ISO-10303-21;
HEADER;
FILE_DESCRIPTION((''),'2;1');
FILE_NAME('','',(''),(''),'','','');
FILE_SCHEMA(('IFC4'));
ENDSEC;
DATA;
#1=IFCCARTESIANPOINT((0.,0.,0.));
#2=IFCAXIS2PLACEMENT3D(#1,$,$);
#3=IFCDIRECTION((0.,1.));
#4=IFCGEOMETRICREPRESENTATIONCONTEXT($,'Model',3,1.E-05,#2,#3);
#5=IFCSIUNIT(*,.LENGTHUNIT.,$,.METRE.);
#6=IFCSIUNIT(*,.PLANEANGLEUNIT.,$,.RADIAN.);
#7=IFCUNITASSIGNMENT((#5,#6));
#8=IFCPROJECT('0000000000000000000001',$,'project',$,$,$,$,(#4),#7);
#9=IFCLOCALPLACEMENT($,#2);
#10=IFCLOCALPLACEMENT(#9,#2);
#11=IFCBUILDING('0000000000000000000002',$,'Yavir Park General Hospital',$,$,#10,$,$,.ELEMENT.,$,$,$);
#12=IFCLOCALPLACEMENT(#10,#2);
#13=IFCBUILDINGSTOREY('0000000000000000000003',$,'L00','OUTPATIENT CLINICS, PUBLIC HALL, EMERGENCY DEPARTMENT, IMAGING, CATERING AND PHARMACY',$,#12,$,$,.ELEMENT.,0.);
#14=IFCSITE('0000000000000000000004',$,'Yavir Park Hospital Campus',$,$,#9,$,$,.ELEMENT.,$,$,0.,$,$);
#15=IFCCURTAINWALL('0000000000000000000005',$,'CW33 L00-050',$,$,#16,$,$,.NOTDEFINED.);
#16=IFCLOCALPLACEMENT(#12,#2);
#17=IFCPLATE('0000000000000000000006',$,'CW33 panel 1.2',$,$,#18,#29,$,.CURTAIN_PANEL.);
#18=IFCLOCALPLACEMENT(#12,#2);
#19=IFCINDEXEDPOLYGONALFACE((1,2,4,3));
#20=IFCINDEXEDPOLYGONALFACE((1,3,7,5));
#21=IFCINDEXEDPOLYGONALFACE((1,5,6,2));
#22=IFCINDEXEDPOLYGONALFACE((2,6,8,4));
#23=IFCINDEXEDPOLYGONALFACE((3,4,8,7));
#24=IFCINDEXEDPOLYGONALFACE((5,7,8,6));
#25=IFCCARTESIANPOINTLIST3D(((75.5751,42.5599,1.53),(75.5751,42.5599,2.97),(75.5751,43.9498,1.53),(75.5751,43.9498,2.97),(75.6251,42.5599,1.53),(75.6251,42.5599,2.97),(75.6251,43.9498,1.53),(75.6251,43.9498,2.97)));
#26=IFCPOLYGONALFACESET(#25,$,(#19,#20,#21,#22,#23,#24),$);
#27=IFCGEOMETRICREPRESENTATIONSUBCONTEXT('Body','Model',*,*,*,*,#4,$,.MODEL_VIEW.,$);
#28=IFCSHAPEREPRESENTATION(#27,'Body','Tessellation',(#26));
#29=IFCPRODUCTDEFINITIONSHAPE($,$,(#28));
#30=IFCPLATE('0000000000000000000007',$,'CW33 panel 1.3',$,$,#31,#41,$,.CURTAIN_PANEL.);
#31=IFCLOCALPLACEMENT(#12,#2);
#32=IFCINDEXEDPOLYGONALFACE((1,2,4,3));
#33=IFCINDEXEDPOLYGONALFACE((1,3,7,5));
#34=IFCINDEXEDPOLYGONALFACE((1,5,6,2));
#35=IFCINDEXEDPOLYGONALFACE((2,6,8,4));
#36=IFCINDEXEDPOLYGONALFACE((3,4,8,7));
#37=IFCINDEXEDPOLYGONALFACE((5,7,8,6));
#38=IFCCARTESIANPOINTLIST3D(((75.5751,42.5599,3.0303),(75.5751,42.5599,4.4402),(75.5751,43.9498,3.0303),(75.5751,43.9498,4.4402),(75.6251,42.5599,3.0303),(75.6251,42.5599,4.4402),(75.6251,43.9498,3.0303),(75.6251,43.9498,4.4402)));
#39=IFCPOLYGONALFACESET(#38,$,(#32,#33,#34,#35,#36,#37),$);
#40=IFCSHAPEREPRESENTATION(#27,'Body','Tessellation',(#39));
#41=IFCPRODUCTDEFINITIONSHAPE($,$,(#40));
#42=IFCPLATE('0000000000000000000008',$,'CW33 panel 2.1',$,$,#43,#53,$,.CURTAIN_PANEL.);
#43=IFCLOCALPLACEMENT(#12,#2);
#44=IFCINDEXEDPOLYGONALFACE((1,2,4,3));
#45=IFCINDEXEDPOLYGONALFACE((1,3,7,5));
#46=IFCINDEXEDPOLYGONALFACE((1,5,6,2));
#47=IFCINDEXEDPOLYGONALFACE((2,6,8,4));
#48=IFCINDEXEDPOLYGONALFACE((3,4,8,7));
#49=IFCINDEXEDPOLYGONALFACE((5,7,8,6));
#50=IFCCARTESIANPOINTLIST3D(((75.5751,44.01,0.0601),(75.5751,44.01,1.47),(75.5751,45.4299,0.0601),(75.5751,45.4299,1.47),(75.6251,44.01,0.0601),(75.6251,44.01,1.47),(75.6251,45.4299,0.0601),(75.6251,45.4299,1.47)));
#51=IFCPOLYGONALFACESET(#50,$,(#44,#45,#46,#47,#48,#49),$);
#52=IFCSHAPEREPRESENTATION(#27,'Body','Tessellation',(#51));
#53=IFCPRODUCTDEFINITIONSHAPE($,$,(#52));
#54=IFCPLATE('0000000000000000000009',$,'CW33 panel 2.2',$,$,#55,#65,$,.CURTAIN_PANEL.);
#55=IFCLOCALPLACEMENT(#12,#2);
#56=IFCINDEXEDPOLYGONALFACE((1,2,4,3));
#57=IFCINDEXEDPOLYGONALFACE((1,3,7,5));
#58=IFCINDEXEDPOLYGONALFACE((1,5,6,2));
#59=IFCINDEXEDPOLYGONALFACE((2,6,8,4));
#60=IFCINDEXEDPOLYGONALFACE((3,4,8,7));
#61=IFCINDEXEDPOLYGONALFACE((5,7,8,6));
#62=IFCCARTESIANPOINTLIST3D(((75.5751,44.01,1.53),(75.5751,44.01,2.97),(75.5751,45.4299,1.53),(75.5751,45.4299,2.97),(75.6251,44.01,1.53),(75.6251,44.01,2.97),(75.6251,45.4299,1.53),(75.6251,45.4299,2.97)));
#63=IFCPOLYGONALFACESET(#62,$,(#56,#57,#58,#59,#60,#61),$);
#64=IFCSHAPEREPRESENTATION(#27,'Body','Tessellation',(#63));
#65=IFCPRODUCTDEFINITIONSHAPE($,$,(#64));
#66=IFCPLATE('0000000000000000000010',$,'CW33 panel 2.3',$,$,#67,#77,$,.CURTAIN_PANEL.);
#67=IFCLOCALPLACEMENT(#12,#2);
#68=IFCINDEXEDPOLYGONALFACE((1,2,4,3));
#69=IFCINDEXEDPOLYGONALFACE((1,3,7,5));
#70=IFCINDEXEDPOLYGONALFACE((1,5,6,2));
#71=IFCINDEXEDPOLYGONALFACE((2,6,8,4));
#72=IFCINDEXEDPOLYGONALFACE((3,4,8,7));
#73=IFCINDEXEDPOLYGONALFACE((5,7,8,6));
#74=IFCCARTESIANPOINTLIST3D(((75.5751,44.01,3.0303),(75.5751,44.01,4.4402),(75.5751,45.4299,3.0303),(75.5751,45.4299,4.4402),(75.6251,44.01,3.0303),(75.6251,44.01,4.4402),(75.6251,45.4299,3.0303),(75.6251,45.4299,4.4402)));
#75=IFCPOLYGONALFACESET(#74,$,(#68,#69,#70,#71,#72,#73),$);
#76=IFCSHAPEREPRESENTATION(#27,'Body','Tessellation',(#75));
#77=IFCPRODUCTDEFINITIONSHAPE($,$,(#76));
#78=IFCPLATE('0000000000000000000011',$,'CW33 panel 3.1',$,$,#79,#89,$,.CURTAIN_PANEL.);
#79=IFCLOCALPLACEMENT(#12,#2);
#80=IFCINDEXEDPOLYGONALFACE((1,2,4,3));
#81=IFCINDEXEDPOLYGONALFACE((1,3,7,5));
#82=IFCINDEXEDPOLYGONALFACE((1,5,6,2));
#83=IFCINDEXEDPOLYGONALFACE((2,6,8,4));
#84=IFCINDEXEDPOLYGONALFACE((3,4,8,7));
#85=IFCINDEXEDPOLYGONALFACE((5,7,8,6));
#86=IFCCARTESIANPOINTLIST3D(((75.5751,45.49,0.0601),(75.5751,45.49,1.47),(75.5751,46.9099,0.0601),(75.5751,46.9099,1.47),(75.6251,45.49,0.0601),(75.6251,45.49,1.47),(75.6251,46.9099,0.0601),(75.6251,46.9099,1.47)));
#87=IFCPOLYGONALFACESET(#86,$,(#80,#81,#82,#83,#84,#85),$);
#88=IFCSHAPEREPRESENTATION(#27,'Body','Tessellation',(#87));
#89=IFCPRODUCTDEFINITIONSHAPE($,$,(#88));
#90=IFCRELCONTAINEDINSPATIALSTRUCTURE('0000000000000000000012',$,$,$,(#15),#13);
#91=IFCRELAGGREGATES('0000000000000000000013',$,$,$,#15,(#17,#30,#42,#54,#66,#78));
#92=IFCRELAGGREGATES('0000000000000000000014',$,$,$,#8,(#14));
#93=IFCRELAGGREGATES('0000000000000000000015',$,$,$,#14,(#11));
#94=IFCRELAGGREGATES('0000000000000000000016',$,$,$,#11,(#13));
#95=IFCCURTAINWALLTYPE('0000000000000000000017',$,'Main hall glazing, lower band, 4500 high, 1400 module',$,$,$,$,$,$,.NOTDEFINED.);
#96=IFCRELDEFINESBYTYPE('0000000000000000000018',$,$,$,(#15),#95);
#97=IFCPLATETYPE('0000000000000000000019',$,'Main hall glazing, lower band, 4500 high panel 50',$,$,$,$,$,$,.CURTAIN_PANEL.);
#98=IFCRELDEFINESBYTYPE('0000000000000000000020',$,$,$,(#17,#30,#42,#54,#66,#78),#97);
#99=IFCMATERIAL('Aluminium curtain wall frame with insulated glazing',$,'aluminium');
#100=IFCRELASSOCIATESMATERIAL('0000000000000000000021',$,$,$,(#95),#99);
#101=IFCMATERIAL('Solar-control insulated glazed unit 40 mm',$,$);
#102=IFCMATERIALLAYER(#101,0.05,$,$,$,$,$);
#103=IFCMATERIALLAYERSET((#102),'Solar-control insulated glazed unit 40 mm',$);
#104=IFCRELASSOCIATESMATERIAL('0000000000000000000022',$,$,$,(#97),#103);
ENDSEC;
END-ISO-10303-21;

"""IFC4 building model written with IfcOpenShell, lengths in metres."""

from ifc_helpers import new_model, si_unit, direction, frame, origin, origin_2d, place, context, subcontext, project, spatial, rectangle, extrude, material, layer, layer_set, type_object, element, aggregate, save


model = new_model("IFC4")

# Units and contexts
model_context = context("Model", 3, precision=1e-05, world=origin(), true_north=direction((0.0, 1.0)))
body_context = subcontext(model_context, "Body", "Model", "MODEL_VIEW")
ifc_project = project(units=[si_unit("LENGTHUNIT", "METRE"), si_unit("PLANEANGLEUNIT", "RADIAN")], contexts=[model_context])

# Site, building, storey
site_placement = place(None, origin())
site = spatial("IfcSite", under=ifc_project, at=site_placement, Name="Yavir Park Hospital Campus", CompositionType="ELEMENT", RefElevation=0.0)
building_placement = place(site_placement, origin())
building = spatial("IfcBuilding", under=site, at=building_placement, Name="Yavir Park General Hospital", CompositionType="ELEMENT")
storey_placement = place(building_placement, origin())
storey = spatial("IfcBuildingStorey", under=building, at=storey_placement, Name="L00", Description="OUTPATIENT CLINICS, PUBLIC HALL, EMERGENCY DEPARTMENT, IMAGING, CATERING AND PHARMACY", CompositionType="ELEMENT", Elevation=0.0)

# Curtain wall
ifc_material_1 = material(Name="Aluminium curtain wall frame with insulated glazing", Category="aluminium")
curtain_wall_type_1 = type_object("IfcCurtainWallType", Name="Main hall glazing, lower band, 4500 high, 1400 module", PredefinedType="NOTDEFINED", material=ifc_material_1)
curtain_wall_1_placement = place(storey_placement, origin())
curtain_wall_1 = element("IfcCurtainWall", 1, at=curtain_wall_1_placement, inside=storey, type_object=curtain_wall_type_1, Name="CW33 L00-050", PredefinedType="NOTDEFINED")

# Plates
ifc_material_2 = material(Name="Solar-control insulated glazed unit 40 mm")
ifc_layer = layer(ifc_material_2, 0.05)
ifc_layer_set = layer_set([ifc_layer], Name="Solar-control insulated glazed unit 40 mm")
plate_type = type_object("IfcPlateType", Name="Main hall glazing, lower band, 4500 high panel 50", PredefinedType="CURTAIN_PANEL", material=ifc_layer_set)
plate_1_placement = place(storey_placement, frame((75.6001, 43.2549, 1.53), z_axis=(0.0, 0.0, 1.0), x_axis=(0.0, 1.0, 0.0)))
plate_1 = element("IfcPlate", 2, at=plate_1_placement, type_object=plate_type, Name="CW33 panel 1.2", PredefinedType="CURTAIN_PANEL", context=body_context, shape_type="SweptSolid", body=[
    extrude(rectangle(XDim=1.3899, YDim=0.05, at=origin_2d()), origin(), (0.0, 0.0, 1.0), 1.4399),
])
plate_2_placement = place(storey_placement, frame((75.6001, 43.2549, 3.0303), z_axis=(0.0, 0.0, 1.0), x_axis=(0.0, 1.0, 0.0)))
plate_2 = element("IfcPlate", 3, at=plate_2_placement, type_object=plate_type, Name="CW33 panel 1.3", PredefinedType="CURTAIN_PANEL", context=body_context, shape_type="SweptSolid", body=[
    extrude(rectangle(XDim=1.3899, YDim=0.05, at=origin_2d()), origin(), (0.0, 0.0, 1.0), 1.4099),
])
plate_3_placement = place(storey_placement, frame((75.6001, 44.72, 0.0601), z_axis=(0.0, 0.0, 1.0), x_axis=(0.0, 1.0, 0.0)))
plate_3 = element("IfcPlate", 4, at=plate_3_placement, type_object=plate_type, Name="CW33 panel 2.1", PredefinedType="CURTAIN_PANEL", context=body_context, shape_type="SweptSolid", body=[
    extrude(rectangle(XDim=1.4199, YDim=0.05, at=origin_2d()), origin(), (0.0, 0.0, 1.0), 1.4099),
])
plate_4_placement = place(storey_placement, frame((75.6001, 44.72, 1.53), z_axis=(0.0, 0.0, 1.0), x_axis=(0.0, 1.0, 0.0)))
plate_4 = element("IfcPlate", 5, at=plate_4_placement, type_object=plate_type, Name="CW33 panel 2.2", PredefinedType="CURTAIN_PANEL", context=body_context, shape_type="SweptSolid", body=[
    extrude(rectangle(XDim=1.4199, YDim=0.05, at=origin_2d()), origin(), (0.0, 0.0, 1.0), 1.4399),
])
plate_5_placement = place(storey_placement, frame((75.6001, 44.72, 3.0303), z_axis=(0.0, 0.0, 1.0), x_axis=(0.0, 1.0, 0.0)))
plate_5 = element("IfcPlate", 6, at=plate_5_placement, type_object=plate_type, Name="CW33 panel 2.3", PredefinedType="CURTAIN_PANEL", context=body_context, shape_type="SweptSolid", body=[
    extrude(rectangle(XDim=1.4199, YDim=0.05, at=origin_2d()), origin(), (0.0, 0.0, 1.0), 1.4099),
])
plate_6_placement = place(storey_placement, frame((75.6001, 46.2, 0.0601), z_axis=(0.0, 0.0, 1.0), x_axis=(0.0, 1.0, 0.0)))
plate_6 = element("IfcPlate", 7, at=plate_6_placement, type_object=plate_type, Name="CW33 panel 3.1", PredefinedType="CURTAIN_PANEL", context=body_context, shape_type="SweptSolid", body=[
    extrude(rectangle(XDim=1.4199, YDim=0.05, at=origin_2d()), origin(), (0.0, 0.0, 1.0), 1.4099),
])
aggregate(curtain_wall_1, [plate_1, plate_2, plate_3, plate_4, plate_5, plate_6])

save(model, "model.ifc")
